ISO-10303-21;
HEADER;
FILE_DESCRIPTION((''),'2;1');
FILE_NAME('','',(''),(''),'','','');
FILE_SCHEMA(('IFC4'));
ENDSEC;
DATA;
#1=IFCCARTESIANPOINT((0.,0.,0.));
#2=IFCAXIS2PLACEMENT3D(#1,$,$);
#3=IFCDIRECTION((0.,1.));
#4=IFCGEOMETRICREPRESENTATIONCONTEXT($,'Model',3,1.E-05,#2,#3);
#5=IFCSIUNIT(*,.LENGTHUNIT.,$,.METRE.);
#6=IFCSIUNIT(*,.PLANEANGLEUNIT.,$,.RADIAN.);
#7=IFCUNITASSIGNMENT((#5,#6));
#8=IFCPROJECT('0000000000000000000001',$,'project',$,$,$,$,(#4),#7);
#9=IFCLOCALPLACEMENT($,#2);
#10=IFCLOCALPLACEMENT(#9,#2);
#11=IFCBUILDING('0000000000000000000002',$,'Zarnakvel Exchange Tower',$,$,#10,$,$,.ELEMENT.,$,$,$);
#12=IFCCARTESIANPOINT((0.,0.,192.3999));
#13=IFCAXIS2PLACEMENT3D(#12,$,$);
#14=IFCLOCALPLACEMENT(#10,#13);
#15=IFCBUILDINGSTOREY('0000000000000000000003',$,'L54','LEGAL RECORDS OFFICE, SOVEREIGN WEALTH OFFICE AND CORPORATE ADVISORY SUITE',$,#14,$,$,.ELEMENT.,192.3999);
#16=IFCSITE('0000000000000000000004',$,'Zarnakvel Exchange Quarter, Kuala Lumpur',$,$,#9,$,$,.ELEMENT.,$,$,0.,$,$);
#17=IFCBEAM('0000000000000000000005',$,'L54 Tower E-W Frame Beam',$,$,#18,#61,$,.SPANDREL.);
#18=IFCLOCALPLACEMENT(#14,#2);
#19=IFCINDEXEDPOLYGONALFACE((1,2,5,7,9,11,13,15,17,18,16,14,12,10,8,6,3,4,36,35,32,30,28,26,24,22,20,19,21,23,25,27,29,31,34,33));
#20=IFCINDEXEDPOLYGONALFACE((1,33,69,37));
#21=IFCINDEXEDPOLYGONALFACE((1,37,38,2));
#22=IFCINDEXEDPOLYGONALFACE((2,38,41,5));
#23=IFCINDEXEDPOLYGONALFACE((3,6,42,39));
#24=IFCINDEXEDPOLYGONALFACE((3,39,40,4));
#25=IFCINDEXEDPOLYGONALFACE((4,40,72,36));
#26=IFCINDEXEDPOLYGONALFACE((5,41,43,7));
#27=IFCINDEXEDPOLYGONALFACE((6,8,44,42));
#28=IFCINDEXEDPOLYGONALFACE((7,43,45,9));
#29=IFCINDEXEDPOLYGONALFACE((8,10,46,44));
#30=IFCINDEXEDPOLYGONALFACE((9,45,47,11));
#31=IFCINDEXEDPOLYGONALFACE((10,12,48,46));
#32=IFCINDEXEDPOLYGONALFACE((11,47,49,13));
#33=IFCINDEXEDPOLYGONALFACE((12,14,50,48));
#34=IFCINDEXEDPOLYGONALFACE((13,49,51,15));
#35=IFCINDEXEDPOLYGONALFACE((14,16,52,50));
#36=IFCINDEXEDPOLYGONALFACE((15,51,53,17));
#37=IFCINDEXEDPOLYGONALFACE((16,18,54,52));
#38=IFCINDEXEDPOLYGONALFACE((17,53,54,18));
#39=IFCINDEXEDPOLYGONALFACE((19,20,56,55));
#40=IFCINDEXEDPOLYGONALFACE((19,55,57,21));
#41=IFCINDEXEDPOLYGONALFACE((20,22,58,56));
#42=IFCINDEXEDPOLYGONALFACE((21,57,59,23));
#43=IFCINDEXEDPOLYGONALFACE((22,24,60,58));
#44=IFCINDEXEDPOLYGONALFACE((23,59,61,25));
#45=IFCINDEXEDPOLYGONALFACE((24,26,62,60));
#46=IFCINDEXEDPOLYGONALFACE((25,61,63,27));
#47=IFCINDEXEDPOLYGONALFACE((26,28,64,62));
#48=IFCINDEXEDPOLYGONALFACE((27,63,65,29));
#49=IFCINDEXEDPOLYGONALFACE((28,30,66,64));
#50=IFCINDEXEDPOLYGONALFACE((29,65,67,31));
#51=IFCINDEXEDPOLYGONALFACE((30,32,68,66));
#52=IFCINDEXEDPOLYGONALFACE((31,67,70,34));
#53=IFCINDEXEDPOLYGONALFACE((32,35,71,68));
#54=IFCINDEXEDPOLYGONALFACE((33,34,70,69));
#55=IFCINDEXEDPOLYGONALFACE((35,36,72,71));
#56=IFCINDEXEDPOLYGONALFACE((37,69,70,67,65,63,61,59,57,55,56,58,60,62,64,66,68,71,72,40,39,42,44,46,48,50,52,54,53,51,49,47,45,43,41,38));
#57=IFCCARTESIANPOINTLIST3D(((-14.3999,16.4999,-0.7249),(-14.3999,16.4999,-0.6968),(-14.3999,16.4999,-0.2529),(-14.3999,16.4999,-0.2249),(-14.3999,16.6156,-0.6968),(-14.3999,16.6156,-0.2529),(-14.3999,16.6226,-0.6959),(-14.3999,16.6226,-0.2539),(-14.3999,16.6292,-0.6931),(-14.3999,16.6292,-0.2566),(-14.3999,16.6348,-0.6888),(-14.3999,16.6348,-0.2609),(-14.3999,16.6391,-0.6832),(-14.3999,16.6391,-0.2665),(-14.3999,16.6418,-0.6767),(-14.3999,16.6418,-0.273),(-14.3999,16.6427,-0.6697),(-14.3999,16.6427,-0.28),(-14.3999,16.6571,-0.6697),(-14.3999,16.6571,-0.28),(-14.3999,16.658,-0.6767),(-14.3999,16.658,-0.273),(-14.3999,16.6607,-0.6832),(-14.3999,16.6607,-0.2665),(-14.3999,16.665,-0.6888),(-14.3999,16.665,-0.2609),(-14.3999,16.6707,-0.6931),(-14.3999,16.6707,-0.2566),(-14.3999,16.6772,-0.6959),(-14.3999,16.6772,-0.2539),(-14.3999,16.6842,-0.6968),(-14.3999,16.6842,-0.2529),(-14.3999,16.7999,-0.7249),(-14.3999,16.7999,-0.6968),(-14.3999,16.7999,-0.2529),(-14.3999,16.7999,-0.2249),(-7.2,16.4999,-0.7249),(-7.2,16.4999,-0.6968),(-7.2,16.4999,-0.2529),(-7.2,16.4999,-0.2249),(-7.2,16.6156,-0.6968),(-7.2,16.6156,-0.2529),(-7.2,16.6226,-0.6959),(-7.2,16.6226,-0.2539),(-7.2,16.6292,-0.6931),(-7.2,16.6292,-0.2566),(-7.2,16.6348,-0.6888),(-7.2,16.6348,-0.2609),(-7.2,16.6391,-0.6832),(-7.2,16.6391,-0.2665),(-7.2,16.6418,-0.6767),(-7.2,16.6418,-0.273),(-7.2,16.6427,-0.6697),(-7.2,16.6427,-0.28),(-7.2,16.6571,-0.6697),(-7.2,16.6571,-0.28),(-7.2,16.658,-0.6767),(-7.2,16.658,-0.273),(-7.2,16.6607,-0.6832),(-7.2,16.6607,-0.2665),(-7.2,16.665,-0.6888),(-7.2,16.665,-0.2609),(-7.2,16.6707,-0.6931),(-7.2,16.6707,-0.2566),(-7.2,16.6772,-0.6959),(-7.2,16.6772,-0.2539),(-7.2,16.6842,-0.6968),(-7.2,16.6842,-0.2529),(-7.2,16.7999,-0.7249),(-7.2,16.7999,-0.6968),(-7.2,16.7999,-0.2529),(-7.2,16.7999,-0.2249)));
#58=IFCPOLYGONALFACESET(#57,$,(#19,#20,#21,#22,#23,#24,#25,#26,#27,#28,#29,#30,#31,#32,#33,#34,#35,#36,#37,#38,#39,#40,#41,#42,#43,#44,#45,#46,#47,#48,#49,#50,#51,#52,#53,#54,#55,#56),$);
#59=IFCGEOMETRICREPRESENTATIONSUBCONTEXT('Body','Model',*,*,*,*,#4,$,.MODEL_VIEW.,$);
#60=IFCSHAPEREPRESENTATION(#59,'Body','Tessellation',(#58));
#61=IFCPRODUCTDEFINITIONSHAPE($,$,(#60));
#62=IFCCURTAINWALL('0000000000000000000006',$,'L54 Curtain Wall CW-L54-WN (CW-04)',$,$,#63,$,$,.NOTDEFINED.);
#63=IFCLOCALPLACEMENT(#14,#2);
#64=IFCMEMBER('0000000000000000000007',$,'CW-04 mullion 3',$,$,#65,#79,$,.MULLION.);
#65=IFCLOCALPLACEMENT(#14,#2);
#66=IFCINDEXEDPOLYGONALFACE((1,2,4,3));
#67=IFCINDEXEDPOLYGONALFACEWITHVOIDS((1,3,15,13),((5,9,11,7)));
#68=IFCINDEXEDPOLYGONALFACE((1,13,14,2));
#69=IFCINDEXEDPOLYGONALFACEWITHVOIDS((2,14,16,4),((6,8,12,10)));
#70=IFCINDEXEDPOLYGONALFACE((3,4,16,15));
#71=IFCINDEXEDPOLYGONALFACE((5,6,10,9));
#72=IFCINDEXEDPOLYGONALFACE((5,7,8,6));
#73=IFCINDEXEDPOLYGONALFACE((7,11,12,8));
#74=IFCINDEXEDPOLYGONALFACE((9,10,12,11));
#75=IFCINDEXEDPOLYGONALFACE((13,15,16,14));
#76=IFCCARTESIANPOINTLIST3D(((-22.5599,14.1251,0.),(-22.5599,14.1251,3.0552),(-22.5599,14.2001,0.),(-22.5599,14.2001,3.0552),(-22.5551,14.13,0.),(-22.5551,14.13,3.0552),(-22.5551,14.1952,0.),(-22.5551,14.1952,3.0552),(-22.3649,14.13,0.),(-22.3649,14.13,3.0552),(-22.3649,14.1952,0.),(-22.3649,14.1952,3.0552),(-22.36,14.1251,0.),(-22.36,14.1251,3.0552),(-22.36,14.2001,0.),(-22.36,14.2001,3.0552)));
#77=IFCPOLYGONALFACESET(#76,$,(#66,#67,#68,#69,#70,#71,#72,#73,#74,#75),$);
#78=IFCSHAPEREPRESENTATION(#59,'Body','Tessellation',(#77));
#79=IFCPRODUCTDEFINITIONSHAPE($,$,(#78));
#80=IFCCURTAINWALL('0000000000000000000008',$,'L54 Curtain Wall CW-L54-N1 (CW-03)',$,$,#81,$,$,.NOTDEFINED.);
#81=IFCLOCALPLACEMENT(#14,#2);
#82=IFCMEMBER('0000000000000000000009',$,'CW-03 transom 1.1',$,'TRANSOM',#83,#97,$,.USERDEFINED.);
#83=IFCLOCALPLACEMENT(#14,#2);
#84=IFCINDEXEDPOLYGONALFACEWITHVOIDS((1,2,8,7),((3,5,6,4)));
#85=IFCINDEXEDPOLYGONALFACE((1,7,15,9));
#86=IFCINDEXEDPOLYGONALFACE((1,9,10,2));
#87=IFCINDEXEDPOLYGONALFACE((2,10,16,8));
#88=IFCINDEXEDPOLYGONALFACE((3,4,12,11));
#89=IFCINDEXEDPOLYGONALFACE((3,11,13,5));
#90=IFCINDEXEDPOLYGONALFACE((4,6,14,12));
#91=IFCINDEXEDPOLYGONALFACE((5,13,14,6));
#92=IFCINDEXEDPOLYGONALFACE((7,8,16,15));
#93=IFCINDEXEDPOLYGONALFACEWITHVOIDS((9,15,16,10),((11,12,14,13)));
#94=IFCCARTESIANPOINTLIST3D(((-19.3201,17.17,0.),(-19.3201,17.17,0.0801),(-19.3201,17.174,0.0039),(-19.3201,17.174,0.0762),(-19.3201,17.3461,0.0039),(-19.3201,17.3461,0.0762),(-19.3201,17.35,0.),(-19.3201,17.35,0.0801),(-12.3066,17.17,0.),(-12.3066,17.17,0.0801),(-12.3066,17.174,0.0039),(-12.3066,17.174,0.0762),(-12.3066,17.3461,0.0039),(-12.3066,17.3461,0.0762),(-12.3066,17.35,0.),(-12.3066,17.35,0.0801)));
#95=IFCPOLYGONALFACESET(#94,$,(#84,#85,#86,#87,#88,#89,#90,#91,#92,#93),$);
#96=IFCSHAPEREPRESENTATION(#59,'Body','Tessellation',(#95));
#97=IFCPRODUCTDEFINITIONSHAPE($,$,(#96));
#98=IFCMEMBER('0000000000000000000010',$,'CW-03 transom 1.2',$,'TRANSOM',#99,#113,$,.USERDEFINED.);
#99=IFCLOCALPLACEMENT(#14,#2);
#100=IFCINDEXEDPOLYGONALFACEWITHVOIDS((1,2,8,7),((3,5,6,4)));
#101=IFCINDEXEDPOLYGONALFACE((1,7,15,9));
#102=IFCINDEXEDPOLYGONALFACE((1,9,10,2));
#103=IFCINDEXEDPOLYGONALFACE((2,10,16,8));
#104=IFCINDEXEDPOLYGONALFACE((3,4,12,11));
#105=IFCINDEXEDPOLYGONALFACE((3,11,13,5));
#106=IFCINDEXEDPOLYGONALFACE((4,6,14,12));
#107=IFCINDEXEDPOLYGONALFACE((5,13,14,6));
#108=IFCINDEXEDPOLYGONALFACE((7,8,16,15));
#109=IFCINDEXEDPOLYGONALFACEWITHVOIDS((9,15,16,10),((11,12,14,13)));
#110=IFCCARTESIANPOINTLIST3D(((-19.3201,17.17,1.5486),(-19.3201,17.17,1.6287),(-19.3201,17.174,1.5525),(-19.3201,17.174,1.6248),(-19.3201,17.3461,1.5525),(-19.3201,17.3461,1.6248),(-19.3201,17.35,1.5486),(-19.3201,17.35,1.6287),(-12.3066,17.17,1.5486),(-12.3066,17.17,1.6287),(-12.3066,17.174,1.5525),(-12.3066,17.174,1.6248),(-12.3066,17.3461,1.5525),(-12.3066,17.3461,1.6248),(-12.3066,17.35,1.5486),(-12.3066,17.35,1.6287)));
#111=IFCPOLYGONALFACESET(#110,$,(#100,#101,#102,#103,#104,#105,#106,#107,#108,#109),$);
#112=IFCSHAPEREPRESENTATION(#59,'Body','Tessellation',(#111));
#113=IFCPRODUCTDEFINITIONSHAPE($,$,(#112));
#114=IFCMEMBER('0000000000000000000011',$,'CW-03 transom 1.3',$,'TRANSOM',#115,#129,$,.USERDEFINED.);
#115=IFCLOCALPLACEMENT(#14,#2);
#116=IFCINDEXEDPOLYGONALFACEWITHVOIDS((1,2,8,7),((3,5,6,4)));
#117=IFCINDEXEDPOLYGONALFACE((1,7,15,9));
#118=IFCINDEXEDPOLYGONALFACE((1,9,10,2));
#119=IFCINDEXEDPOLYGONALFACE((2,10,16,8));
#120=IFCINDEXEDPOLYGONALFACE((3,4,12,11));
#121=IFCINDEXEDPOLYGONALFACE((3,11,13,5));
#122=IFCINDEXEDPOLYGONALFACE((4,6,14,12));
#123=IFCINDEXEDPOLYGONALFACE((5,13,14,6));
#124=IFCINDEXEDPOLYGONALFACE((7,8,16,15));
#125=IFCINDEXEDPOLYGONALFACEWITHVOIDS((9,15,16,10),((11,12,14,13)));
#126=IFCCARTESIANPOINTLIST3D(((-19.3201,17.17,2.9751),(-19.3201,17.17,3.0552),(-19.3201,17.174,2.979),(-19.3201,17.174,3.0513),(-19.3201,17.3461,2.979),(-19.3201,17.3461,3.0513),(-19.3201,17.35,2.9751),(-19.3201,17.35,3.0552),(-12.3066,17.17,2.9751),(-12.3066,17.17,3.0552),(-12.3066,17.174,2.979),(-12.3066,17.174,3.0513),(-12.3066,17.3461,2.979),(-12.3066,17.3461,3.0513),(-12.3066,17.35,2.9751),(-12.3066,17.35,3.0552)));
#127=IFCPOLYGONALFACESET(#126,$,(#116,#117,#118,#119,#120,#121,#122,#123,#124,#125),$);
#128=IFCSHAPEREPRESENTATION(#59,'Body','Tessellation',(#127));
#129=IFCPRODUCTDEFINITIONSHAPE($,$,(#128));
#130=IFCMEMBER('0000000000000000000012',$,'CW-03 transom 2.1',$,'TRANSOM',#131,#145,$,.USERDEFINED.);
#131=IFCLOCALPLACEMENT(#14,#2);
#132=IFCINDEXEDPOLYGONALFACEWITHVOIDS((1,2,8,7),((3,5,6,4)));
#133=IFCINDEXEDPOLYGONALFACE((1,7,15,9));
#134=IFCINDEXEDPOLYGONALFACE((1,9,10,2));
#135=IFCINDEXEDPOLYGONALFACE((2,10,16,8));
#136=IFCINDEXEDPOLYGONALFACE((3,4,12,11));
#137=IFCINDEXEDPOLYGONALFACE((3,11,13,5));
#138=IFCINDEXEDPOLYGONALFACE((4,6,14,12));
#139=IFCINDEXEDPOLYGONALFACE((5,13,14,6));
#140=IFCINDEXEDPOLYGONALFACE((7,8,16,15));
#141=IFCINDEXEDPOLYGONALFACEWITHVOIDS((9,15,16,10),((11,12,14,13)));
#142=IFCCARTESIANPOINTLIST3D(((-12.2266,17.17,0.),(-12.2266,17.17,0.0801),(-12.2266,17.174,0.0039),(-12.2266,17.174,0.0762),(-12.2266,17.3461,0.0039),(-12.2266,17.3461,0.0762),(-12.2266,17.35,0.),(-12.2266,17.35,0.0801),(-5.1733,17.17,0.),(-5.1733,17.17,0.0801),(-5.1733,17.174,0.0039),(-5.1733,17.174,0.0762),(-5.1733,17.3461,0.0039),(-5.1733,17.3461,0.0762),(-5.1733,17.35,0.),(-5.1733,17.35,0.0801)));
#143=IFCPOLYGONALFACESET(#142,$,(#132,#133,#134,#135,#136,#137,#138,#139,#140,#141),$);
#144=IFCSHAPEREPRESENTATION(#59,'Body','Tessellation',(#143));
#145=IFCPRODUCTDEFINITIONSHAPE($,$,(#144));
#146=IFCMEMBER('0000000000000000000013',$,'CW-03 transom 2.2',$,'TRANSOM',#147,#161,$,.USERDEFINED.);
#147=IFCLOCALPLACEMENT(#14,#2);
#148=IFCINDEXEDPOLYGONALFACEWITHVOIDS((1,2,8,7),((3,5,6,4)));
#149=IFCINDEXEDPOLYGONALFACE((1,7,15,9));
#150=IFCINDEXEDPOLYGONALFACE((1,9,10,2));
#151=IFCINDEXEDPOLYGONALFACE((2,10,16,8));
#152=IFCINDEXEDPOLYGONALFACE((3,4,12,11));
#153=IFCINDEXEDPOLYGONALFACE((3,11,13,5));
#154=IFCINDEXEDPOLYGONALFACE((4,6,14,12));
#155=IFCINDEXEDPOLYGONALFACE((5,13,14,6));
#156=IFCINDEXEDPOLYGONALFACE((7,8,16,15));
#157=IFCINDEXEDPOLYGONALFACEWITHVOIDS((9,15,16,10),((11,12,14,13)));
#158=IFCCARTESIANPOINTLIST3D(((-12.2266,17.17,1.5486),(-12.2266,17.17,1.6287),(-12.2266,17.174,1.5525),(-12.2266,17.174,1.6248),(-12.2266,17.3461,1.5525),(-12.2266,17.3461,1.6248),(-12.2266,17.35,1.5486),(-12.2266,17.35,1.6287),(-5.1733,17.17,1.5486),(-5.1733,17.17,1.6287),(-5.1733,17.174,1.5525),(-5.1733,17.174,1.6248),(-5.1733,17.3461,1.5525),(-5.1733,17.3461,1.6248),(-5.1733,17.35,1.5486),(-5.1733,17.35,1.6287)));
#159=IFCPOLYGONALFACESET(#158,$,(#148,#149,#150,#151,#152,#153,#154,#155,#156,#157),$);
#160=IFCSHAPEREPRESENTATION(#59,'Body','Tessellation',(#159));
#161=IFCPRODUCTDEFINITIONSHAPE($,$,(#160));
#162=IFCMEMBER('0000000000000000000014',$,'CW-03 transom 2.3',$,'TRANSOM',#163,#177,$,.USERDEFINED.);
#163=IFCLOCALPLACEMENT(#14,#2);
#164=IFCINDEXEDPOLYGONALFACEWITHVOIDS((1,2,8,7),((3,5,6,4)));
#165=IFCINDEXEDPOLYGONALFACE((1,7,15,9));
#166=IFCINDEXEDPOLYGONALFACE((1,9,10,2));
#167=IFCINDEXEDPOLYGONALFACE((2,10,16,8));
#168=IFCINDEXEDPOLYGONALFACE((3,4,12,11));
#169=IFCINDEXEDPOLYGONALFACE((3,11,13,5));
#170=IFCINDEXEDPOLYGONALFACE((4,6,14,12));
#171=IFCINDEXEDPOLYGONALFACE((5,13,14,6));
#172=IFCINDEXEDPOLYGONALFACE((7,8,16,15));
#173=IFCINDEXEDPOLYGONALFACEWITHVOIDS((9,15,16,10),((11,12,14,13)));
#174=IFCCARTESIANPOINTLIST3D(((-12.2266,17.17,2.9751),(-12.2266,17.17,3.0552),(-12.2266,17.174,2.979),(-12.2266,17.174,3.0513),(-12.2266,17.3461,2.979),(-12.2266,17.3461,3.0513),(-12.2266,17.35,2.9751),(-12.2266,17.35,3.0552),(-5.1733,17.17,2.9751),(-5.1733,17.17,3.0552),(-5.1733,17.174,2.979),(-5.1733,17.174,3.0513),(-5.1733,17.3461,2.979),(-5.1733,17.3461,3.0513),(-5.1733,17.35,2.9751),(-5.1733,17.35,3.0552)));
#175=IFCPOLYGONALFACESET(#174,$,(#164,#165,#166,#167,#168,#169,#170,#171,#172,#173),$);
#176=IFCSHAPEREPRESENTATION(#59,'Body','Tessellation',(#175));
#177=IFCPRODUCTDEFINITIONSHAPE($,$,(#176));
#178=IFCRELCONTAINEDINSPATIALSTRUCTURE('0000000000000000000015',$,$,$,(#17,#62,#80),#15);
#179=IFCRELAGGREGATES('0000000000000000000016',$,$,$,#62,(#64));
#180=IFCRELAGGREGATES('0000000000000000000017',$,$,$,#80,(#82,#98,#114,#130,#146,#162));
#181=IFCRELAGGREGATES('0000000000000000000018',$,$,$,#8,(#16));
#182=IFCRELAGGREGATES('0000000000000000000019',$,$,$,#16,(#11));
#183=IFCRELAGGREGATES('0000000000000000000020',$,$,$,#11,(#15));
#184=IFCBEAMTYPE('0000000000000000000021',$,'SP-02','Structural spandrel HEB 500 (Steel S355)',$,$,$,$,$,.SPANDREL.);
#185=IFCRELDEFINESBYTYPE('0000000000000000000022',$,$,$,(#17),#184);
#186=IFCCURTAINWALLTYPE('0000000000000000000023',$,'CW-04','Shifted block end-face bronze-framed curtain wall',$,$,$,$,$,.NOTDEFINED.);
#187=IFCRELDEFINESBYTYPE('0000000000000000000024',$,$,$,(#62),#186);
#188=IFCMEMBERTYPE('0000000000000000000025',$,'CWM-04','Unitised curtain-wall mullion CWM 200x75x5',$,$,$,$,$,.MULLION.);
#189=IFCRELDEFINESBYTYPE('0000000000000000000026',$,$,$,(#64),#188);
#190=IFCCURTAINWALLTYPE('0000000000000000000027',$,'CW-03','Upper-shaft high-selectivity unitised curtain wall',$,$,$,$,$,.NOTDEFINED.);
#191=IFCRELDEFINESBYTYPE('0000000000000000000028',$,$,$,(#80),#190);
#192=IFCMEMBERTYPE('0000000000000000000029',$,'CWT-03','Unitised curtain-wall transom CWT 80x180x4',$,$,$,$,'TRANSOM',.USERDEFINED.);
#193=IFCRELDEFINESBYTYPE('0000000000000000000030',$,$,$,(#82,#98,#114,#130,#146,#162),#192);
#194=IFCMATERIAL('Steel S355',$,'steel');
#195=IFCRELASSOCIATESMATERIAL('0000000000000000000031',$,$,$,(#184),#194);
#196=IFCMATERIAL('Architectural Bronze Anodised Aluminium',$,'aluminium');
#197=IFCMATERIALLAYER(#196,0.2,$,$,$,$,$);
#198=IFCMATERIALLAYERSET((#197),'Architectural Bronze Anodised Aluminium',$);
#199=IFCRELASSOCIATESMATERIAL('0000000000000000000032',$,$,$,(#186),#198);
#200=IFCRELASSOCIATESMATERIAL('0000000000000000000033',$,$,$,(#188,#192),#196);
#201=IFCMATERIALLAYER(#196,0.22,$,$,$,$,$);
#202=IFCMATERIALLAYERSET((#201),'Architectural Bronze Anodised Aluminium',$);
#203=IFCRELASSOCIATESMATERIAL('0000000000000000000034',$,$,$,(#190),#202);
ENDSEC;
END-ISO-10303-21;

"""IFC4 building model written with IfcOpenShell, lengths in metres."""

from ifc_helpers import new_model, si_unit, direction, frame, origin, origin_2d, place, context, subcontext, project, spatial, hollow_rectangle, i_section, extrude, source, transform, mapped, material, layer, layer_set, material_profile, profile_set, type_object, element, aggregate, save


model = new_model("IFC4")

# Units and contexts
model_context = context("Model", 3, precision=1e-05, world=origin(), true_north=direction((0.0, 1.0)))
body_context = subcontext(model_context, "Body", "Model", "MODEL_VIEW")
ifc_project = project(units=[si_unit("LENGTHUNIT", "METRE"), si_unit("PLANEANGLEUNIT", "RADIAN")], contexts=[model_context])

# Site, building, storey
site_placement = place(None, origin())
site = spatial("IfcSite", under=ifc_project, at=site_placement, Name="Zarnakvel Exchange Quarter, Kuala Lumpur", CompositionType="ELEMENT", RefElevation=0.0)
building_placement = place(site_placement, origin())
building = spatial("IfcBuilding", under=site, at=building_placement, Name="Zarnakvel Exchange Tower", CompositionType="ELEMENT")
storey_placement = place(building_placement, frame((0.0, 0.0, 192.3999)))
storey = spatial("IfcBuildingStorey", under=building, at=storey_placement, Name="L54", Description="LEGAL RECORDS OFFICE, SOVEREIGN WEALTH OFFICE AND CORPORATE ADVISORY SUITE", CompositionType="ELEMENT", Elevation=192.3999)

# Shared definitions
ifc_material_1 = material(Name="Steel S355", Category="steel")

# Beam
ifc_material_profile_1 = material_profile(ifc_material_1, i_section(OverallWidth=0.3, OverallDepth=0.5, WebThickness=0.0144, FlangeThickness=0.0281, FilletRadius=0.0271, at=origin_2d()))
ifc_profile_set_1 = profile_set([ifc_material_profile_1], Name="Steel S355")
beam_type_1 = type_object("IfcBeamType", Name="SP-02", Description="Structural spandrel HEB 500 (Steel S355)", PredefinedType="SPANDREL", material=ifc_profile_set_1)
beam_1_placement = place(storey_placement, frame((-14.3999, 16.6499, -0.4749), z_axis=(1.0, 0.0, 0.0), x_axis=(0.0, 1.0, 0.0)))
element("IfcBeam", 1, at=beam_1_placement, inside=storey, type_object=beam_type_1, Name="L54 Tower E-W Frame Beam", PredefinedType="SPANDREL", context=body_context, shape_type="SweptSolid", body=[
    extrude(i_section(OverallWidth=0.3, OverallDepth=0.5, WebThickness=0.0144, FlangeThickness=0.0281, FilletRadius=0.0271, at=origin_2d()), origin(), (0.0, 0.0, 1.0), 7.2),
])

# Curtain wall, member
ifc_material_2 = material(Name="Architectural Bronze Anodised Aluminium", Category="aluminium")
ifc_layer_1 = layer(ifc_material_2, 0.2)
ifc_layer_set_1 = layer_set([ifc_layer_1], Name="Architectural Bronze Anodised Aluminium")
curtain_wall_type_1 = type_object("IfcCurtainWallType", Name="CW-04", Description="Shifted block end-face bronze-framed curtain wall", PredefinedType="NOTDEFINED", material=ifc_layer_set_1)
curtain_wall_1_placement = place(storey_placement, origin())
curtain_wall_1 = element("IfcCurtainWall", 2, at=curtain_wall_1_placement, inside=storey, type_object=curtain_wall_type_1, Name="L54 Curtain Wall CW-L54-WN (CW-04)", PredefinedType="NOTDEFINED")
ifc_material_profile_2 = material_profile(ifc_material_2, hollow_rectangle(XDim=0.2, YDim=0.075, WallThickness=0.0049, at=origin_2d()))
ifc_profile_set_2 = profile_set([ifc_material_profile_2], Name="Architectural Bronze Anodised Aluminium")
member_type_1 = type_object("IfcMemberType", Name="CWM-04", Description="Unitised curtain-wall mullion CWM 200x75x5", PredefinedType="MULLION", material=ifc_profile_set_2)
shared_shape_1 = source(origin(), body_context, "Body", "SweptSolid", [
    extrude(hollow_rectangle(XDim=0.2, YDim=0.075, WallThickness=0.0049, at=origin_2d()), origin(), (0.0, 0.0, 1.0), 3.0552),
])
member_1_placement = place(storey_placement, frame((-22.46, 14.1626, 0.0), z_axis=(0.0, 0.0, 1.0), x_axis=(-1.0, 0.0, 0.0)))
member_1 = element("IfcMember", 3, at=member_1_placement, type_object=member_type_1, Name="CW-04 mullion 3", PredefinedType="MULLION", context=body_context, shape_type="MappedRepresentation", body=[
    mapped(shared_shape_1, transform((0.0, 0.0, 0.0), x_axis=(1.0, 0.0, 0.0), y_axis=(0.0, 1.0, 0.0), z_axis=(0.0, 0.0, 1.0), scale=1.0)),
])
aggregate(curtain_wall_1, [member_1])

# Curtain wall, members
ifc_layer_2 = layer(ifc_material_2, 0.22)
ifc_layer_set_2 = layer_set([ifc_layer_2], Name="Architectural Bronze Anodised Aluminium")
curtain_wall_type_2 = type_object("IfcCurtainWallType", Name="CW-03", Description="Upper-shaft high-selectivity unitised curtain wall", PredefinedType="NOTDEFINED", material=ifc_layer_set_2)
curtain_wall_2_placement = place(storey_placement, origin())
curtain_wall_2 = element("IfcCurtainWall", 4, at=curtain_wall_2_placement, inside=storey, type_object=curtain_wall_type_2, Name="L54 Curtain Wall CW-L54-N1 (CW-03)", PredefinedType="NOTDEFINED")
ifc_material_profile_3 = material_profile(ifc_material_2, hollow_rectangle(XDim=0.1799, YDim=0.0801, WallThickness=0.0039, at=origin_2d()))
ifc_profile_set_3 = profile_set([ifc_material_profile_3], Name="Architectural Bronze Anodised Aluminium")
member_type_2 = type_object("IfcMemberType", Name="CWT-03", Description="Unitised curtain-wall transom CWT 80x180x4", ElementType="TRANSOM", PredefinedType="USERDEFINED", material=ifc_profile_set_3)
shared_shape_2 = source(origin(), body_context, "Body", "SweptSolid", [
    extrude(hollow_rectangle(XDim=0.1799, YDim=0.0801, WallThickness=0.0039, at=origin_2d()), origin(), (0.0, 0.0, 1.0), 7.0134),
])
member_2_placement = place(storey_placement, frame((-19.3201, 17.26, 0.04), z_axis=(1.0, 0.0, 0.0), x_axis=(0.0, 1.0, 0.0)))
member_2 = element("IfcMember", 5, at=member_2_placement, type_object=member_type_2, Name="CW-03 transom 1.1", ObjectType="TRANSOM", PredefinedType="USERDEFINED", context=body_context, shape_type="MappedRepresentation", body=[
    mapped(shared_shape_2, transform((0.0, 0.0, 0.0), x_axis=(1.0, 0.0, 0.0), y_axis=(0.0, 1.0, 0.0), z_axis=(0.0, 0.0, 1.0), scale=1.0)),
])
member_3_placement = place(storey_placement, frame((-19.3201, 17.26, 1.5886), z_axis=(1.0, 0.0, 0.0), x_axis=(0.0, 1.0, 0.0)))
member_3 = element("IfcMember", 6, at=member_3_placement, type_object=member_type_2, Name="CW-03 transom 1.2", ObjectType="TRANSOM", PredefinedType="USERDEFINED", context=body_context, shape_type="MappedRepresentation", body=[
    mapped(shared_shape_2, transform((0.0, 0.0, 0.0), x_axis=(1.0, 0.0, 0.0), y_axis=(0.0, 1.0, 0.0), z_axis=(0.0, 0.0, 1.0), scale=1.0)),
])
member_4_placement = place(storey_placement, frame((-19.3201, 17.26, 3.0151), z_axis=(1.0, 0.0, 0.0), x_axis=(0.0, 1.0, 0.0)))
member_4 = element("IfcMember", 7, at=member_4_placement, type_object=member_type_2, Name="CW-03 transom 1.3", ObjectType="TRANSOM", PredefinedType="USERDEFINED", context=body_context, shape_type="MappedRepresentation", body=[
    mapped(shared_shape_2, transform((0.0, 0.0, 0.0), x_axis=(1.0, 0.0, 0.0), y_axis=(0.0, 1.0, 0.0), z_axis=(0.0, 0.0, 1.0), scale=1.0)),
])
shared_shape_3 = source(origin(), body_context, "Body", "SweptSolid", [
    extrude(hollow_rectangle(XDim=0.1799, YDim=0.0801, WallThickness=0.0039, at=origin_2d()), origin(), (0.0, 0.0, 1.0), 7.0532),
])
member_5_placement = place(storey_placement, frame((-12.2266, 17.26, 0.04), z_axis=(1.0, 0.0, 0.0), x_axis=(0.0, 1.0, 0.0)))
member_5 = element("IfcMember", 8, at=member_5_placement, type_object=member_type_2, Name="CW-03 transom 2.1", ObjectType="TRANSOM", PredefinedType="USERDEFINED", context=body_context, shape_type="MappedRepresentation", body=[
    mapped(shared_shape_3, transform((0.0, 0.0, 0.0), x_axis=(1.0, 0.0, 0.0), y_axis=(0.0, 1.0, 0.0), z_axis=(0.0, 0.0, 1.0), scale=1.0)),
])
member_6_placement = place(storey_placement, frame((-12.2266, 17.26, 1.5886), z_axis=(1.0, 0.0, 0.0), x_axis=(0.0, 1.0, 0.0)))
member_6 = element("IfcMember", 9, at=member_6_placement, type_object=member_type_2, Name="CW-03 transom 2.2", ObjectType="TRANSOM", PredefinedType="USERDEFINED", context=body_context, shape_type="MappedRepresentation", body=[
    mapped(shared_shape_3, transform((0.0, 0.0, 0.0), x_axis=(1.0, 0.0, 0.0), y_axis=(0.0, 1.0, 0.0), z_axis=(0.0, 0.0, 1.0), scale=1.0)),
])
member_7_placement = place(storey_placement, frame((-12.2266, 17.26, 3.0151), z_axis=(1.0, 0.0, 0.0), x_axis=(0.0, 1.0, 0.0)))
member_7 = element("IfcMember", 10, at=member_7_placement, type_object=member_type_2, Name="CW-03 transom 2.3", ObjectType="TRANSOM", PredefinedType="USERDEFINED", context=body_context, shape_type="MappedRepresentation", body=[
    mapped(shared_shape_3, transform((0.0, 0.0, 0.0), x_axis=(1.0, 0.0, 0.0), y_axis=(0.0, 1.0, 0.0), z_axis=(0.0, 0.0, 1.0), scale=1.0)),
])
aggregate(curtain_wall_2, [member_2, member_3, member_4, member_5, member_6, member_7])

save(model, "model.ifc")
